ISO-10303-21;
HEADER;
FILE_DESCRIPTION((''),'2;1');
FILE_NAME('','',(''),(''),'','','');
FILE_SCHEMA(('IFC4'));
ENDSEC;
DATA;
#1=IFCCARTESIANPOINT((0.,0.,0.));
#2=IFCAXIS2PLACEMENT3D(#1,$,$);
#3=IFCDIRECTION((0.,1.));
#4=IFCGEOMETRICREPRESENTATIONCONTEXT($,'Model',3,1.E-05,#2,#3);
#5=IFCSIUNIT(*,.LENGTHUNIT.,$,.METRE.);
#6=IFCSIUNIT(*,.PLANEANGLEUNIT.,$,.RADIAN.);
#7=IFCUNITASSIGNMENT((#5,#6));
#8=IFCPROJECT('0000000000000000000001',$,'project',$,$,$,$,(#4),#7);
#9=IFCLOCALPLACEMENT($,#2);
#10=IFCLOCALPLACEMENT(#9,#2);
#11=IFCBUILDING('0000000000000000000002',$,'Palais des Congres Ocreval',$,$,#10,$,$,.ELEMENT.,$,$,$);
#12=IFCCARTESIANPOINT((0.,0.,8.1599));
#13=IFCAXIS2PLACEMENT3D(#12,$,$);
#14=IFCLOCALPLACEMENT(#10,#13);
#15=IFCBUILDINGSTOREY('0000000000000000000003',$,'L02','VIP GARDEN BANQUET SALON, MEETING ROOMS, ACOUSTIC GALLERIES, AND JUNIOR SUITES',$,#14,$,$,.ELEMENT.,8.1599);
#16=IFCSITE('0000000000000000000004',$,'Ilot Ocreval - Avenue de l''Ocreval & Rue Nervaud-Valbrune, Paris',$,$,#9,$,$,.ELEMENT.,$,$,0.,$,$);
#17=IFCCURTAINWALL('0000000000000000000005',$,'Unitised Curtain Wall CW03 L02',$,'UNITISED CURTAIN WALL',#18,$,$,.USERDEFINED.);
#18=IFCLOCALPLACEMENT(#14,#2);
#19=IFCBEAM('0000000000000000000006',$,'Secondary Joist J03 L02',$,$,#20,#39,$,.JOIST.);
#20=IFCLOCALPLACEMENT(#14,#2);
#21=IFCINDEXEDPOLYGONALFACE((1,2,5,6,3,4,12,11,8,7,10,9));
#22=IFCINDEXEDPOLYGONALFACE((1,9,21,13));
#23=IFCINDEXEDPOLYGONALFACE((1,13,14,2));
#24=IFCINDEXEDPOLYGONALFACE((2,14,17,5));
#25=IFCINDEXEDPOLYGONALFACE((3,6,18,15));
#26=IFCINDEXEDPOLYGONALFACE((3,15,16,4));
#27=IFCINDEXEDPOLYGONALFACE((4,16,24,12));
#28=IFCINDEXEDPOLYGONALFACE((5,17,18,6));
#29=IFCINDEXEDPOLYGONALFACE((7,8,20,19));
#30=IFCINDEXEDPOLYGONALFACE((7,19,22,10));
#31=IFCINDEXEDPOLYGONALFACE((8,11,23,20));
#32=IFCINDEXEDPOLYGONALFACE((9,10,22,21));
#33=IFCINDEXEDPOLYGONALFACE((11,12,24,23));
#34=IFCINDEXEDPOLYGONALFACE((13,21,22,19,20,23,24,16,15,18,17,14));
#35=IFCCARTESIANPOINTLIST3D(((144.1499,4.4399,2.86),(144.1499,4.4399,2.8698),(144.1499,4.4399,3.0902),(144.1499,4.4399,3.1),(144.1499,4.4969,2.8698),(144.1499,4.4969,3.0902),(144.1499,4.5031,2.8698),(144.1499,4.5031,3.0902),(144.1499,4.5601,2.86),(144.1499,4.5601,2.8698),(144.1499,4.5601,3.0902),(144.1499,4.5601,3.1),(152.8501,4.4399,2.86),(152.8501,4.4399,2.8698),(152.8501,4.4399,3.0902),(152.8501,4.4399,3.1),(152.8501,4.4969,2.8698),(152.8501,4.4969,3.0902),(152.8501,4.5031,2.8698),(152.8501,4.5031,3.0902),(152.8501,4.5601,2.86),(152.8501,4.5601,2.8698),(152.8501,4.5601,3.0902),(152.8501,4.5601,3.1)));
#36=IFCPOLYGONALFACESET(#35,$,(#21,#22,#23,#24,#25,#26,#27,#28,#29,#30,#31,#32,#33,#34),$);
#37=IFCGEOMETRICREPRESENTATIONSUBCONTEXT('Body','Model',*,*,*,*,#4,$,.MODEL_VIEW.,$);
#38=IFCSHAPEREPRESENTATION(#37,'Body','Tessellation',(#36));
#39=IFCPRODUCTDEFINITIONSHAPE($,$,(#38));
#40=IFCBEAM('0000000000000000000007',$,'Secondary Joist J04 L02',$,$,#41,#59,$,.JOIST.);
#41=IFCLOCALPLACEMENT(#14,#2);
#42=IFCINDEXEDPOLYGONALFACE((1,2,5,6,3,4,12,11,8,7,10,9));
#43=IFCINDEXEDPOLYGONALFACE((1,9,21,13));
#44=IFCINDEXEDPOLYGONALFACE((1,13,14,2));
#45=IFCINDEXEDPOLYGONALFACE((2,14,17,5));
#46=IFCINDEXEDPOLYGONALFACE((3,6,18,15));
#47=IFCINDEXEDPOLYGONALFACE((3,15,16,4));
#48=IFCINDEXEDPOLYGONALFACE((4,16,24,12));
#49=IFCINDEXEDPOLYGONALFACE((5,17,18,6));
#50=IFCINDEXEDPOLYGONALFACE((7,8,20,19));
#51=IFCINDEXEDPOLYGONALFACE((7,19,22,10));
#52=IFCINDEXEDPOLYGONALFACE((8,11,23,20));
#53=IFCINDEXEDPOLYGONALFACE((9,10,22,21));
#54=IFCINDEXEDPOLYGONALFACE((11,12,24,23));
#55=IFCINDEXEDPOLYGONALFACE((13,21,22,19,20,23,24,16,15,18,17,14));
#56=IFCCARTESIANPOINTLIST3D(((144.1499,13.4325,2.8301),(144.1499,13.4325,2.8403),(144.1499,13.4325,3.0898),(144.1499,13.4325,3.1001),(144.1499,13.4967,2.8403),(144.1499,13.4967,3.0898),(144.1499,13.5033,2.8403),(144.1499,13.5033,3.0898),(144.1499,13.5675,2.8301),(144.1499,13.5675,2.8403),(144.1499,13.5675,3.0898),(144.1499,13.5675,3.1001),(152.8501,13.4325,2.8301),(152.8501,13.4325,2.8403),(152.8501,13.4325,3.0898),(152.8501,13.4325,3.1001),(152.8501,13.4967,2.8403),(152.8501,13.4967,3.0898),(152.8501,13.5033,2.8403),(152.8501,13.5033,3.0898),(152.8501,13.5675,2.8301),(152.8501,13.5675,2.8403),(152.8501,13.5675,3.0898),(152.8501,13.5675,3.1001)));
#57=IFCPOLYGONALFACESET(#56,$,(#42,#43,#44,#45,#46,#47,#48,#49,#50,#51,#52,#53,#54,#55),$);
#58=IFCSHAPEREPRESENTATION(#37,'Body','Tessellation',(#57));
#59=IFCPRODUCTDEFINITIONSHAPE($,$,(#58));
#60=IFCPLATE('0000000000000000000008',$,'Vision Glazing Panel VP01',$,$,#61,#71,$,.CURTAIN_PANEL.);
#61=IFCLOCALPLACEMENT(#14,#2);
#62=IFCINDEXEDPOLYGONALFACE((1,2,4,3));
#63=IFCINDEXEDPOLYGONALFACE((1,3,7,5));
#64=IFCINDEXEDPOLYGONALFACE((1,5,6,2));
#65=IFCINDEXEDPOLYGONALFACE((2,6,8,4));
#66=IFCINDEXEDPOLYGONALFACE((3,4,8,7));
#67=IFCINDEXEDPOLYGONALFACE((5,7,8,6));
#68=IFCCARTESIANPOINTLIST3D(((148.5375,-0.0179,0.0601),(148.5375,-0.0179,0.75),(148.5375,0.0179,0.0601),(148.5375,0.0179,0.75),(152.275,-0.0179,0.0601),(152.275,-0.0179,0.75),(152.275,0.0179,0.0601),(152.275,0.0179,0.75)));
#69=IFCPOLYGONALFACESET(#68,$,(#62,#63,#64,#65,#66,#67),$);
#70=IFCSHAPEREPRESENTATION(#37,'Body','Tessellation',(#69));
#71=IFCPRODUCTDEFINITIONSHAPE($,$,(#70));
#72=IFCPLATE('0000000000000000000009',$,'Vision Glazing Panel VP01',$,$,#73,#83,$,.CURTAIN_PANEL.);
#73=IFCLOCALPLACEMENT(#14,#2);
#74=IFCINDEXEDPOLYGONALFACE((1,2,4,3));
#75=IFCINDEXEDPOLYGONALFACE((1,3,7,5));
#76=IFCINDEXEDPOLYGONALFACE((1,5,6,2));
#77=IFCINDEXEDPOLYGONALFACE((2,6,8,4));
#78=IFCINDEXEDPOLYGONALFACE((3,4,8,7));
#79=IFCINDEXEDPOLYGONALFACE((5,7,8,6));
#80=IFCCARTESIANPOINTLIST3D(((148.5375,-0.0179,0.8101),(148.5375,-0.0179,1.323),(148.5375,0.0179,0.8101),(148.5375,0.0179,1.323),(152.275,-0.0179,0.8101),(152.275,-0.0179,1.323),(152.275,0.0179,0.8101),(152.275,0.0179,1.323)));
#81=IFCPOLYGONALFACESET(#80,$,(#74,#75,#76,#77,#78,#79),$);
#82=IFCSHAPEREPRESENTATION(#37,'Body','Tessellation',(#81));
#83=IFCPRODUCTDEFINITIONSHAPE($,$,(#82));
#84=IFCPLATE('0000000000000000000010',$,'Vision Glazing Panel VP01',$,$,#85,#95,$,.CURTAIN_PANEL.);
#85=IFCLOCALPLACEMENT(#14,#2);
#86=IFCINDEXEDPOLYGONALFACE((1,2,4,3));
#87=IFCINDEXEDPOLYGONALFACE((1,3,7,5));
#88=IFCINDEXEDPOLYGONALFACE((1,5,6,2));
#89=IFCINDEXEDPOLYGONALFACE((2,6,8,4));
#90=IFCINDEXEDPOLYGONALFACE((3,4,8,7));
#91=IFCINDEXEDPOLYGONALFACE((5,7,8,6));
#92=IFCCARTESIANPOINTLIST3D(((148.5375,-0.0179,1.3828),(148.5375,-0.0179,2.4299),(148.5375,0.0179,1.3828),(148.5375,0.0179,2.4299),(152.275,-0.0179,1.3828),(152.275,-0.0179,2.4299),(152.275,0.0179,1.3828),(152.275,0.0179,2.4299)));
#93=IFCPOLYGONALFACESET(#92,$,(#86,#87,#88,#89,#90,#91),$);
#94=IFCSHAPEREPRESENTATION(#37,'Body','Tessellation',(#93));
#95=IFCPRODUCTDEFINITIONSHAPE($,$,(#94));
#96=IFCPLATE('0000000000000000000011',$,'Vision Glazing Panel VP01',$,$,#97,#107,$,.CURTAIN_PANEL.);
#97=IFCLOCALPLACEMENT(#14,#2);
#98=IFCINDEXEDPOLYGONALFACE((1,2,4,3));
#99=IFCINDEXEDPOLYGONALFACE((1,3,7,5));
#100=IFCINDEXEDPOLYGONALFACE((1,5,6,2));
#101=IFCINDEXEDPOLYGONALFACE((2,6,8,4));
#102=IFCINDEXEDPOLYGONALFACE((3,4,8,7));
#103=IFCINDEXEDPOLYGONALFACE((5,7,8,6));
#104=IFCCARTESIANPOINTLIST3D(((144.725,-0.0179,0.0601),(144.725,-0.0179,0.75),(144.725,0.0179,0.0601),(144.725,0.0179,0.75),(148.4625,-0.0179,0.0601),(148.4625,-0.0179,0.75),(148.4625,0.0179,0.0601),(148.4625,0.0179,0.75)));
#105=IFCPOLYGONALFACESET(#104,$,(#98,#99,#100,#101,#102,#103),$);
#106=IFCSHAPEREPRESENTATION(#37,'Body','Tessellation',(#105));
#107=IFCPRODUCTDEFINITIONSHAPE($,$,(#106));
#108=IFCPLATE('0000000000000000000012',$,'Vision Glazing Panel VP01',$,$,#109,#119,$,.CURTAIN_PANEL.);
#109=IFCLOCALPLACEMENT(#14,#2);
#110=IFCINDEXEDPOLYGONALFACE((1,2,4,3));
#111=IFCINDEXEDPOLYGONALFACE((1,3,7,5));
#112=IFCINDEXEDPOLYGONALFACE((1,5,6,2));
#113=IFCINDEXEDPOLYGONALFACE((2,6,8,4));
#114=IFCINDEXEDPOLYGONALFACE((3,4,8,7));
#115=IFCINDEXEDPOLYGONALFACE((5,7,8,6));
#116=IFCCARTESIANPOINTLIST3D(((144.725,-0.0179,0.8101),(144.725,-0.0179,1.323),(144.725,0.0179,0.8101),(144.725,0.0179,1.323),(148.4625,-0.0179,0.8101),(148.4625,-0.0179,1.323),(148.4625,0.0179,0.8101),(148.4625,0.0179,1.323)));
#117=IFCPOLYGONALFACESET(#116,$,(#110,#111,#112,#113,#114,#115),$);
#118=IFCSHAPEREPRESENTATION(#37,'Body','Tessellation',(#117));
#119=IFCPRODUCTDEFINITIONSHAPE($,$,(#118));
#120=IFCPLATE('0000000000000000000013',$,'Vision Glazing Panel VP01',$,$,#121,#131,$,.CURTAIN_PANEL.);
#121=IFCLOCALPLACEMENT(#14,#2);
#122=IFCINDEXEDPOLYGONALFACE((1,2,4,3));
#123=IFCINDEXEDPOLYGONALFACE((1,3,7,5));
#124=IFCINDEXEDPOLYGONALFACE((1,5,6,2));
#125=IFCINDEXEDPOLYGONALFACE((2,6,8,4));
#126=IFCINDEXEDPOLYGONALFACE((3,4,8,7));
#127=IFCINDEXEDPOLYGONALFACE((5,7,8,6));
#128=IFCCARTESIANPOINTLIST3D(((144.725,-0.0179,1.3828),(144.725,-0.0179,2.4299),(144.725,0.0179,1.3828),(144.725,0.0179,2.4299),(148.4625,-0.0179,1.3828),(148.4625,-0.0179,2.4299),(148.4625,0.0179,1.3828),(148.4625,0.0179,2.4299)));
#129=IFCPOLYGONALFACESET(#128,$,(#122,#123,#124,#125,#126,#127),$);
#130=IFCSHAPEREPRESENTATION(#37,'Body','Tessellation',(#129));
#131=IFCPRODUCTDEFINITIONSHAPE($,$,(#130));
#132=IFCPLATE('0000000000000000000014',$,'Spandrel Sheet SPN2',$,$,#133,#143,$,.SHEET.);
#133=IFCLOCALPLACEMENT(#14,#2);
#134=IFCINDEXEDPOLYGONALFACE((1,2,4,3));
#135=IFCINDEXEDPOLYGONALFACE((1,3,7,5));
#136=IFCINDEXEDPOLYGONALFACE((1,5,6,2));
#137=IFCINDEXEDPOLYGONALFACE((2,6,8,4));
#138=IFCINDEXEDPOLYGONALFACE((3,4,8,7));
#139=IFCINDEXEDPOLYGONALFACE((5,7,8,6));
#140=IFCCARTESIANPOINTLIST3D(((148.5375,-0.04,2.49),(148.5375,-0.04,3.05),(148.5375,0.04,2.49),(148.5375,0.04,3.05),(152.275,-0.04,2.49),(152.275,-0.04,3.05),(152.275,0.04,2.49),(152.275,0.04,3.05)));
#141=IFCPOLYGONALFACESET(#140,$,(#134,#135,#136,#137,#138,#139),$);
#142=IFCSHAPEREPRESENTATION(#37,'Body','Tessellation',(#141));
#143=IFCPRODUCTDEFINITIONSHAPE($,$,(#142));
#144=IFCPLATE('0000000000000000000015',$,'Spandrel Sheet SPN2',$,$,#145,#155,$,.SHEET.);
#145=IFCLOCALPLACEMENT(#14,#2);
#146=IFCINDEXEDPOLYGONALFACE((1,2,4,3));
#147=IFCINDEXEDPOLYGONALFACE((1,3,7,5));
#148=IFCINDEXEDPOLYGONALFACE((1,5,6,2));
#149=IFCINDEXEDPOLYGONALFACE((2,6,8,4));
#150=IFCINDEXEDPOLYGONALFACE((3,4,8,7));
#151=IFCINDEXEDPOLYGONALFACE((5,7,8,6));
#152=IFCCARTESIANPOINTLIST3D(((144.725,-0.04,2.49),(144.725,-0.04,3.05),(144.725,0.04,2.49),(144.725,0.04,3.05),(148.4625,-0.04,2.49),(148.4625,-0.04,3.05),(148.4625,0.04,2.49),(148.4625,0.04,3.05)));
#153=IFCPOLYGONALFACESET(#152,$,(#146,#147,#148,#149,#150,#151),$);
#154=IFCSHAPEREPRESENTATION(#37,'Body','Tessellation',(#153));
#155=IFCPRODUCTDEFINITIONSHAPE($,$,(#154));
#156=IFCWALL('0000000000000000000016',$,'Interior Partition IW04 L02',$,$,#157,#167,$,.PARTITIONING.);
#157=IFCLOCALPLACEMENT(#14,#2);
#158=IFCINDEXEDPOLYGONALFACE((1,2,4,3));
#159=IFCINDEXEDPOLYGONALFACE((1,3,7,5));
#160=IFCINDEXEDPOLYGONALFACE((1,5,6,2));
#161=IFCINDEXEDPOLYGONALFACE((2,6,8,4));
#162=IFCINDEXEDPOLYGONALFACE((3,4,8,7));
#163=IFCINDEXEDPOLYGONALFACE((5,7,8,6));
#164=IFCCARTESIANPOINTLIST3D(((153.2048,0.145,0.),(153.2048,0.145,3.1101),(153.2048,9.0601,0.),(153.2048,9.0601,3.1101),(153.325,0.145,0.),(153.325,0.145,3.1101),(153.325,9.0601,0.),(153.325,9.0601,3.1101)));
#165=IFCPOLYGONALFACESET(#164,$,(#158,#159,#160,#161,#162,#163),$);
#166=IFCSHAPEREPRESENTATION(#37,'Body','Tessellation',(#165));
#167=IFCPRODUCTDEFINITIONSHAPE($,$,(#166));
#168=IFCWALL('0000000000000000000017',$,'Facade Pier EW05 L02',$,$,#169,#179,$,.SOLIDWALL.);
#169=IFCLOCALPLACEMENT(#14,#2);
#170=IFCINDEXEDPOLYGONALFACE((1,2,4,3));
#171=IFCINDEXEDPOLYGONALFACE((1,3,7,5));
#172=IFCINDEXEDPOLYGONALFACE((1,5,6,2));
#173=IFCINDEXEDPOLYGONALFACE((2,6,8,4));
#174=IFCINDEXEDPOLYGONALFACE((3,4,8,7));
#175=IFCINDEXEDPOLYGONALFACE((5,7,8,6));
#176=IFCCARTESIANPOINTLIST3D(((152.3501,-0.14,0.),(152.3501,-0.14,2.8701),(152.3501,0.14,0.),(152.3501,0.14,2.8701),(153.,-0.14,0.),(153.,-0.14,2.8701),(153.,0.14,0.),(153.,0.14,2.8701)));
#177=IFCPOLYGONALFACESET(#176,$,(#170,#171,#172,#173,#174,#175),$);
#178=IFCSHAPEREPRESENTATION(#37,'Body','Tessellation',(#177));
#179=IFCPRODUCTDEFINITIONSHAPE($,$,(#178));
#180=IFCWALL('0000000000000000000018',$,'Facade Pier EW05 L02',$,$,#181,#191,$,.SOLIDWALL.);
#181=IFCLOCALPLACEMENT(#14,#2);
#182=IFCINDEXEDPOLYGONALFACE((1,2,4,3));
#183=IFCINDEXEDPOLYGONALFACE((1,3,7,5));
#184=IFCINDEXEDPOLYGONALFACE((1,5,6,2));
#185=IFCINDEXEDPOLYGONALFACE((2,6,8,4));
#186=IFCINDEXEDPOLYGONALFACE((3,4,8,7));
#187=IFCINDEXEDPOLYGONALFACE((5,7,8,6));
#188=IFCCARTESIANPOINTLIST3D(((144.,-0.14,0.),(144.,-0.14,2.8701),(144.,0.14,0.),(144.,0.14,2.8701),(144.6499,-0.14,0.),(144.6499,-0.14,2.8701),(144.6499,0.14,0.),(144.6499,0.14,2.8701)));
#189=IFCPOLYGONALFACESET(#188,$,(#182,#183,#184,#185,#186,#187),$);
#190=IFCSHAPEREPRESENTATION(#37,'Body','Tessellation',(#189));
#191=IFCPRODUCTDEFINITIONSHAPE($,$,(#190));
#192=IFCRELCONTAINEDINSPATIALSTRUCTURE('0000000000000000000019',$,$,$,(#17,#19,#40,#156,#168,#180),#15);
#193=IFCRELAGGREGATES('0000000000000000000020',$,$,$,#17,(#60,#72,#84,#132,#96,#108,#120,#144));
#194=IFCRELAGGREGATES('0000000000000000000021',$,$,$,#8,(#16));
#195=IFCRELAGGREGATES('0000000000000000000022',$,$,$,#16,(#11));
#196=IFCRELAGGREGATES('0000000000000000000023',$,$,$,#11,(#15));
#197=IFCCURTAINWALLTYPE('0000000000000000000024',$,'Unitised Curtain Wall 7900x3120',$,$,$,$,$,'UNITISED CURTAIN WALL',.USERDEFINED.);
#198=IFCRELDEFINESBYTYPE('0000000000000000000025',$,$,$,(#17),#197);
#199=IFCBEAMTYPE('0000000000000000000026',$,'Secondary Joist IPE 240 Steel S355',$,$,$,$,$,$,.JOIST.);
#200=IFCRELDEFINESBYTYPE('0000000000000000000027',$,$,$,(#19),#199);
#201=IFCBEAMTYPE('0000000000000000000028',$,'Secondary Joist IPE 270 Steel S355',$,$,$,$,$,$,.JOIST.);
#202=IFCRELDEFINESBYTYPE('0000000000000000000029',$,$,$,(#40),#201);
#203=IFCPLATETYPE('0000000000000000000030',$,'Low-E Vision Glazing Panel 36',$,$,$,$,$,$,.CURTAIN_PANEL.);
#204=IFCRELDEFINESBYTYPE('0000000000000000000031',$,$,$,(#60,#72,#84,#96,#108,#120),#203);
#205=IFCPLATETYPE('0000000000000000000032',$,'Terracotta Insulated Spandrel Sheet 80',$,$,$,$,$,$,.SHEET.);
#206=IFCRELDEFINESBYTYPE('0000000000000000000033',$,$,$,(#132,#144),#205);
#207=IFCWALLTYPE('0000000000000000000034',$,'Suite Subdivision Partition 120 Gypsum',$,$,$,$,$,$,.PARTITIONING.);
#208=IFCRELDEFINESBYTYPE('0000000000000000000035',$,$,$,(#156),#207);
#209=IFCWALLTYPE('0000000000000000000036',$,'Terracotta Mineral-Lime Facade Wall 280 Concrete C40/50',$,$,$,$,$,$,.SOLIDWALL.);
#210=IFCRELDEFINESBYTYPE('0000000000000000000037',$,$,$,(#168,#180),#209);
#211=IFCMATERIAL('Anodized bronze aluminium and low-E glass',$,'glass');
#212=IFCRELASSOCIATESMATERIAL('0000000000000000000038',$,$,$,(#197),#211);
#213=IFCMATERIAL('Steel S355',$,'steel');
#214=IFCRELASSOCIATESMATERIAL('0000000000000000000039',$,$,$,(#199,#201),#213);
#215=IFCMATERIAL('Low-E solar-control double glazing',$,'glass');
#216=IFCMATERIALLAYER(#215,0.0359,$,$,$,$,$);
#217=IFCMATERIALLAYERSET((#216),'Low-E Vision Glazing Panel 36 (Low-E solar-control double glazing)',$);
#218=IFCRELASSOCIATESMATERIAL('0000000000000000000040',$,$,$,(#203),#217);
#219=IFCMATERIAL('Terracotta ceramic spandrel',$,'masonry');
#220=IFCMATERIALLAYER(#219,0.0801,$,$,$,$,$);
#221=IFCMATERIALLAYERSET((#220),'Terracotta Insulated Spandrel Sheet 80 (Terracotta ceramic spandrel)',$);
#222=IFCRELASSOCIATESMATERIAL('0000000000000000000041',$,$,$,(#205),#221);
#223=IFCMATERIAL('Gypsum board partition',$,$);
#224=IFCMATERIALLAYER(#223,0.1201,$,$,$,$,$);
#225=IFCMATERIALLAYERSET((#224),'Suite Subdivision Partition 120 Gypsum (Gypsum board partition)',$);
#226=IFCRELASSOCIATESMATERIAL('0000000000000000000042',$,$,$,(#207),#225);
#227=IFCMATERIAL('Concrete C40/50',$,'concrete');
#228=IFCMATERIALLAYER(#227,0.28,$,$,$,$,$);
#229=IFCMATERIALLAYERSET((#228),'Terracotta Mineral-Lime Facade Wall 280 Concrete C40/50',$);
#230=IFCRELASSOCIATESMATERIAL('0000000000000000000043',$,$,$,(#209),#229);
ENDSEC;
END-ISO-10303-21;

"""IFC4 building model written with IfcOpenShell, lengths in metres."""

from ifc_helpers import new_model, si_unit, direction, frame, frame_2d, origin, origin_2d, place, context, subcontext, project, spatial, rectangle, i_section, extrude, material, layer, layer_set, material_profile, profile_set, type_object, element, aggregate, save


model = new_model("IFC4")

# Units and contexts
model_context = context("Model", 3, precision=1e-05, world=origin(), true_north=direction((0.0, 1.0)))
body_context = subcontext(model_context, "Body", "Model", "MODEL_VIEW")
ifc_project = project(units=[si_unit("LENGTHUNIT", "METRE"), si_unit("PLANEANGLEUNIT", "RADIAN")], contexts=[model_context])

# Site, building, storey
site_placement = place(None, origin())
site = spatial("IfcSite", under=ifc_project, at=site_placement, Name="Ilot Ocreval - Avenue de l'Ocreval & Rue Nervaud-Valbrune, Paris", CompositionType="ELEMENT", RefElevation=0.0)
building_placement = place(site_placement, origin())
building = spatial("IfcBuilding", under=site, at=building_placement, Name="Palais des Congres Ocreval", CompositionType="ELEMENT")
storey_placement = place(building_placement, frame((0.0, 0.0, 8.1599)))
storey = spatial("IfcBuildingStorey", under=building, at=storey_placement, Name="L02", Description="VIP GARDEN BANQUET SALON, MEETING ROOMS, ACOUSTIC GALLERIES, AND JUNIOR SUITES", CompositionType="ELEMENT", Elevation=8.1599)

# Shared definitions
ifc_material_1 = material(Name="Steel S355", Category="steel")

# Curtain wall
ifc_material_2 = material(Name="Anodized bronze aluminium and low-E glass", Category="glass")
curtain_wall_type = type_object("IfcCurtainWallType", Name="Unitised Curtain Wall 7900x3120", ElementType="UNITISED CURTAIN WALL", PredefinedType="USERDEFINED", material=ifc_material_2)
curtain_wall_placement = place(storey_placement, origin())
curtain_wall = element("IfcCurtainWall", 1, at=curtain_wall_placement, inside=storey, type_object=curtain_wall_type, Name="Unitised Curtain Wall CW03 L02", ObjectType="UNITISED CURTAIN WALL", PredefinedType="USERDEFINED")

# Beams
ifc_material_profile_1 = material_profile(ifc_material_1, i_section(OverallWidth=0.1201, OverallDepth=0.24, WebThickness=0.0061, FlangeThickness=0.0098, at=origin_2d()), Name="IPE 240")
ifc_profile_set_1 = profile_set([ifc_material_profile_1], Name="Steel S355")
beam_type_1 = type_object("IfcBeamType", Name="Secondary Joist IPE 240 Steel S355", PredefinedType="JOIST", material=ifc_profile_set_1)
beam_1_placement = place(storey_placement, frame((144.1499, 4.5, 2.98), z_axis=(1.0, 0.0, 0.0), x_axis=(0.0, 1.0, 0.0)))
element("IfcBeam", 2, at=beam_1_placement, inside=storey, type_object=beam_type_1, Name="Secondary Joist J03 L02", PredefinedType="JOIST", context=body_context, shape_type="SweptSolid", body=[
    extrude(i_section(OverallWidth=0.1201, OverallDepth=0.24, WebThickness=0.0061, FlangeThickness=0.0098, at=origin_2d()), origin(), (0.0, 0.0, 1.0), 8.7002),
])
ifc_material_profile_2 = material_profile(ifc_material_1, i_section(OverallWidth=0.135, OverallDepth=0.27, WebThickness=0.0066, FlangeThickness=0.0103, at=origin_2d()), Name="IPE 270")
ifc_profile_set_2 = profile_set([ifc_material_profile_2], Name="Steel S355")
beam_type_2 = type_object("IfcBeamType", Name="Secondary Joist IPE 270 Steel S355", PredefinedType="JOIST", material=ifc_profile_set_2)
beam_2_placement = place(storey_placement, frame((144.1499, 13.5, 2.9651), z_axis=(1.0, 0.0, 0.0), x_axis=(0.0, 1.0, 0.0)))
element("IfcBeam", 3, at=beam_2_placement, inside=storey, type_object=beam_type_2, Name="Secondary Joist J04 L02", PredefinedType="JOIST", context=body_context, shape_type="SweptSolid", body=[
    extrude(i_section(OverallWidth=0.135, OverallDepth=0.27, WebThickness=0.0066, FlangeThickness=0.0103, at=origin_2d()), origin(), (0.0, 0.0, 1.0), 8.7002),
])

# Plates
ifc_material_3 = material(Name="Low-E solar-control double glazing", Category="glass")
ifc_layer_1 = layer(ifc_material_3, 0.0359)
ifc_layer_set_1 = layer_set([ifc_layer_1], Name="Low-E Vision Glazing Panel 36 (Low-E solar-control double glazing)")
plate_type_1 = type_object("IfcPlateType", Name="Low-E Vision Glazing Panel 36", PredefinedType="CURTAIN_PANEL", material=ifc_layer_set_1)
plate_1_placement = place(storey_placement, frame((150.4062, 0.0, 0.0601), z_axis=(0.0, 0.0, 1.0), x_axis=(-1.0, 0.0, 0.0)))
plate_1 = element("IfcPlate", 4, at=plate_1_placement, type_object=plate_type_1, Name="Vision Glazing Panel VP01", PredefinedType="CURTAIN_PANEL", context=body_context, shape_type="SweptSolid", body=[
    extrude(rectangle(XDim=3.7375, YDim=0.0359, at=origin_2d()), origin(), (0.0, 0.0, 1.0), 0.6899),
])
plate_2_placement = place(storey_placement, frame((150.4062, 0.0, 0.8101), z_axis=(0.0, 0.0, 1.0), x_axis=(-1.0, 0.0, 0.0)))
plate_2 = element("IfcPlate", 5, at=plate_2_placement, type_object=plate_type_1, Name="Vision Glazing Panel VP01", PredefinedType="CURTAIN_PANEL", context=body_context, shape_type="SweptSolid", body=[
    extrude(rectangle(XDim=3.7375, YDim=0.0359, at=origin_2d()), origin(), (0.0, 0.0, 1.0), 0.5129),
])
plate_3_placement = place(storey_placement, frame((150.4062, 0.0, 1.3828), z_axis=(0.0, 0.0, 1.0), x_axis=(-1.0, 0.0, 0.0)))
plate_3 = element("IfcPlate", 6, at=plate_3_placement, type_object=plate_type_1, Name="Vision Glazing Panel VP01", PredefinedType="CURTAIN_PANEL", context=body_context, shape_type="SweptSolid", body=[
    extrude(rectangle(XDim=3.7375, YDim=0.0359, at=origin_2d()), origin(), (0.0, 0.0, 1.0), 1.0471),
])
plate_4_placement = place(storey_placement, frame((146.5938, 0.0, 0.0601), z_axis=(0.0, 0.0, 1.0), x_axis=(-1.0, 0.0, 0.0)))
plate_4 = element("IfcPlate", 7, at=plate_4_placement, type_object=plate_type_1, Name="Vision Glazing Panel VP01", PredefinedType="CURTAIN_PANEL", context=body_context, shape_type="SweptSolid", body=[
    extrude(rectangle(XDim=3.7375, YDim=0.0359, at=origin_2d()), origin(), (0.0, 0.0, 1.0), 0.6899),
])
plate_5_placement = place(storey_placement, frame((146.5938, 0.0, 0.8101), z_axis=(0.0, 0.0, 1.0), x_axis=(-1.0, 0.0, 0.0)))
plate_5 = element("IfcPlate", 8, at=plate_5_placement, type_object=plate_type_1, Name="Vision Glazing Panel VP01", PredefinedType="CURTAIN_PANEL", context=body_context, shape_type="SweptSolid", body=[
    extrude(rectangle(XDim=3.7375, YDim=0.0359, at=origin_2d()), origin(), (0.0, 0.0, 1.0), 0.5129),
])
plate_6_placement = place(storey_placement, frame((146.5938, 0.0, 1.3828), z_axis=(0.0, 0.0, 1.0), x_axis=(-1.0, 0.0, 0.0)))
plate_6 = element("IfcPlate", 9, at=plate_6_placement, type_object=plate_type_1, Name="Vision Glazing Panel VP01", PredefinedType="CURTAIN_PANEL", context=body_context, shape_type="SweptSolid", body=[
    extrude(rectangle(XDim=3.7375, YDim=0.0359, at=origin_2d()), origin(), (0.0, 0.0, 1.0), 1.0471),
])
ifc_material_4 = material(Name="Terracotta ceramic spandrel", Category="masonry")
ifc_layer_2 = layer(ifc_material_4, 0.0801)
ifc_layer_set_2 = layer_set([ifc_layer_2], Name="Terracotta Insulated Spandrel Sheet 80 (Terracotta ceramic spandrel)")
plate_type_2 = type_object("IfcPlateType", Name="Terracotta Insulated Spandrel Sheet 80", PredefinedType="SHEET", material=ifc_layer_set_2)
plate_7_placement = place(storey_placement, frame((150.4062, 0.0, 2.49), z_axis=(0.0, 0.0, 1.0), x_axis=(-1.0, 0.0, 0.0)))
plate_7 = element("IfcPlate", 10, at=plate_7_placement, type_object=plate_type_2, Name="Spandrel Sheet SPN2", PredefinedType="SHEET", context=body_context, shape_type="SweptSolid", body=[
    extrude(rectangle(XDim=3.7375, YDim=0.0801, at=origin_2d()), origin(), (0.0, 0.0, 1.0), 0.5601),
])
plate_8_placement = place(storey_placement, frame((146.5938, 0.0, 2.49), z_axis=(0.0, 0.0, 1.0), x_axis=(-1.0, 0.0, 0.0)))
plate_8 = element("IfcPlate", 11, at=plate_8_placement, type_object=plate_type_2, Name="Spandrel Sheet SPN2", PredefinedType="SHEET", context=body_context, shape_type="SweptSolid", body=[
    extrude(rectangle(XDim=3.7375, YDim=0.0801, at=origin_2d()), origin(), (0.0, 0.0, 1.0), 0.5601),
])
aggregate(curtain_wall, [plate_1, plate_2, plate_3, plate_7, plate_4, plate_5, plate_6, plate_8])

# Walls
ifc_material_5 = material(Name="Gypsum board partition")
ifc_layer_3 = layer(ifc_material_5, 0.1201)
ifc_layer_set_3 = layer_set([ifc_layer_3], Name="Suite Subdivision Partition 120 Gypsum (Gypsum board partition)")
wall_type_1 = type_object("IfcWallType", Name="Suite Subdivision Partition 120 Gypsum", PredefinedType="PARTITIONING", material=ifc_layer_set_3)
wall_placement = place(storey_placement, frame((153.2649, 0.145, 0.0), z_axis=(0.0, 0.0, 1.0), x_axis=(0.0, 1.0, 0.0)))
element("IfcWall", 12, at=wall_placement, inside=storey, type_object=wall_type_1, Name="Interior Partition IW04 L02", PredefinedType="PARTITIONING", context=body_context, shape_type="SweptSolid", body=[
    extrude(rectangle(XDim=8.915, YDim=0.1201, at=frame_2d((4.4575, 0.0))), origin(), (0.0, 0.0, 1.0), 3.1101),
])
ifc_material_6 = material(Name="Concrete C40/50", Category="concrete")
ifc_layer_4 = layer(ifc_material_6, 0.28)
ifc_layer_set_4 = layer_set([ifc_layer_4], Name="Terracotta Mineral-Lime Facade Wall 280 Concrete C40/50")
wall_type_2 = type_object("IfcWallType", Name="Terracotta Mineral-Lime Facade Wall 280 Concrete C40/50", PredefinedType="SOLIDWALL", material=ifc_layer_set_4)
for number, where, z_axis, x_axis, name in (
    (13, (153.0, 0.0, 0.0), (0.0, 0.0, 1.0), (-1.0, 0.0, 0.0), "Facade Pier EW05 L02"),
    (14, (144.6499, 0.0, 0.0), (0.0, 0.0, 1.0), (-1.0, 0.0, 0.0), "Facade Pier EW05 L02"),
):
    element("IfcWall", number, at=place(storey_placement, frame(where, z_axis=z_axis, x_axis=x_axis)), inside=storey, type_object=wall_type_2, Name=name, PredefinedType="SOLIDWALL", context=body_context, shape_type="SweptSolid", body=[
        extrude(rectangle(XDim=0.6499, YDim=0.28, at=frame_2d((0.325, 0.0))), origin(), (0.0, 0.0, 1.0), 2.8701),
    ])

save(model, "model.ifc")
